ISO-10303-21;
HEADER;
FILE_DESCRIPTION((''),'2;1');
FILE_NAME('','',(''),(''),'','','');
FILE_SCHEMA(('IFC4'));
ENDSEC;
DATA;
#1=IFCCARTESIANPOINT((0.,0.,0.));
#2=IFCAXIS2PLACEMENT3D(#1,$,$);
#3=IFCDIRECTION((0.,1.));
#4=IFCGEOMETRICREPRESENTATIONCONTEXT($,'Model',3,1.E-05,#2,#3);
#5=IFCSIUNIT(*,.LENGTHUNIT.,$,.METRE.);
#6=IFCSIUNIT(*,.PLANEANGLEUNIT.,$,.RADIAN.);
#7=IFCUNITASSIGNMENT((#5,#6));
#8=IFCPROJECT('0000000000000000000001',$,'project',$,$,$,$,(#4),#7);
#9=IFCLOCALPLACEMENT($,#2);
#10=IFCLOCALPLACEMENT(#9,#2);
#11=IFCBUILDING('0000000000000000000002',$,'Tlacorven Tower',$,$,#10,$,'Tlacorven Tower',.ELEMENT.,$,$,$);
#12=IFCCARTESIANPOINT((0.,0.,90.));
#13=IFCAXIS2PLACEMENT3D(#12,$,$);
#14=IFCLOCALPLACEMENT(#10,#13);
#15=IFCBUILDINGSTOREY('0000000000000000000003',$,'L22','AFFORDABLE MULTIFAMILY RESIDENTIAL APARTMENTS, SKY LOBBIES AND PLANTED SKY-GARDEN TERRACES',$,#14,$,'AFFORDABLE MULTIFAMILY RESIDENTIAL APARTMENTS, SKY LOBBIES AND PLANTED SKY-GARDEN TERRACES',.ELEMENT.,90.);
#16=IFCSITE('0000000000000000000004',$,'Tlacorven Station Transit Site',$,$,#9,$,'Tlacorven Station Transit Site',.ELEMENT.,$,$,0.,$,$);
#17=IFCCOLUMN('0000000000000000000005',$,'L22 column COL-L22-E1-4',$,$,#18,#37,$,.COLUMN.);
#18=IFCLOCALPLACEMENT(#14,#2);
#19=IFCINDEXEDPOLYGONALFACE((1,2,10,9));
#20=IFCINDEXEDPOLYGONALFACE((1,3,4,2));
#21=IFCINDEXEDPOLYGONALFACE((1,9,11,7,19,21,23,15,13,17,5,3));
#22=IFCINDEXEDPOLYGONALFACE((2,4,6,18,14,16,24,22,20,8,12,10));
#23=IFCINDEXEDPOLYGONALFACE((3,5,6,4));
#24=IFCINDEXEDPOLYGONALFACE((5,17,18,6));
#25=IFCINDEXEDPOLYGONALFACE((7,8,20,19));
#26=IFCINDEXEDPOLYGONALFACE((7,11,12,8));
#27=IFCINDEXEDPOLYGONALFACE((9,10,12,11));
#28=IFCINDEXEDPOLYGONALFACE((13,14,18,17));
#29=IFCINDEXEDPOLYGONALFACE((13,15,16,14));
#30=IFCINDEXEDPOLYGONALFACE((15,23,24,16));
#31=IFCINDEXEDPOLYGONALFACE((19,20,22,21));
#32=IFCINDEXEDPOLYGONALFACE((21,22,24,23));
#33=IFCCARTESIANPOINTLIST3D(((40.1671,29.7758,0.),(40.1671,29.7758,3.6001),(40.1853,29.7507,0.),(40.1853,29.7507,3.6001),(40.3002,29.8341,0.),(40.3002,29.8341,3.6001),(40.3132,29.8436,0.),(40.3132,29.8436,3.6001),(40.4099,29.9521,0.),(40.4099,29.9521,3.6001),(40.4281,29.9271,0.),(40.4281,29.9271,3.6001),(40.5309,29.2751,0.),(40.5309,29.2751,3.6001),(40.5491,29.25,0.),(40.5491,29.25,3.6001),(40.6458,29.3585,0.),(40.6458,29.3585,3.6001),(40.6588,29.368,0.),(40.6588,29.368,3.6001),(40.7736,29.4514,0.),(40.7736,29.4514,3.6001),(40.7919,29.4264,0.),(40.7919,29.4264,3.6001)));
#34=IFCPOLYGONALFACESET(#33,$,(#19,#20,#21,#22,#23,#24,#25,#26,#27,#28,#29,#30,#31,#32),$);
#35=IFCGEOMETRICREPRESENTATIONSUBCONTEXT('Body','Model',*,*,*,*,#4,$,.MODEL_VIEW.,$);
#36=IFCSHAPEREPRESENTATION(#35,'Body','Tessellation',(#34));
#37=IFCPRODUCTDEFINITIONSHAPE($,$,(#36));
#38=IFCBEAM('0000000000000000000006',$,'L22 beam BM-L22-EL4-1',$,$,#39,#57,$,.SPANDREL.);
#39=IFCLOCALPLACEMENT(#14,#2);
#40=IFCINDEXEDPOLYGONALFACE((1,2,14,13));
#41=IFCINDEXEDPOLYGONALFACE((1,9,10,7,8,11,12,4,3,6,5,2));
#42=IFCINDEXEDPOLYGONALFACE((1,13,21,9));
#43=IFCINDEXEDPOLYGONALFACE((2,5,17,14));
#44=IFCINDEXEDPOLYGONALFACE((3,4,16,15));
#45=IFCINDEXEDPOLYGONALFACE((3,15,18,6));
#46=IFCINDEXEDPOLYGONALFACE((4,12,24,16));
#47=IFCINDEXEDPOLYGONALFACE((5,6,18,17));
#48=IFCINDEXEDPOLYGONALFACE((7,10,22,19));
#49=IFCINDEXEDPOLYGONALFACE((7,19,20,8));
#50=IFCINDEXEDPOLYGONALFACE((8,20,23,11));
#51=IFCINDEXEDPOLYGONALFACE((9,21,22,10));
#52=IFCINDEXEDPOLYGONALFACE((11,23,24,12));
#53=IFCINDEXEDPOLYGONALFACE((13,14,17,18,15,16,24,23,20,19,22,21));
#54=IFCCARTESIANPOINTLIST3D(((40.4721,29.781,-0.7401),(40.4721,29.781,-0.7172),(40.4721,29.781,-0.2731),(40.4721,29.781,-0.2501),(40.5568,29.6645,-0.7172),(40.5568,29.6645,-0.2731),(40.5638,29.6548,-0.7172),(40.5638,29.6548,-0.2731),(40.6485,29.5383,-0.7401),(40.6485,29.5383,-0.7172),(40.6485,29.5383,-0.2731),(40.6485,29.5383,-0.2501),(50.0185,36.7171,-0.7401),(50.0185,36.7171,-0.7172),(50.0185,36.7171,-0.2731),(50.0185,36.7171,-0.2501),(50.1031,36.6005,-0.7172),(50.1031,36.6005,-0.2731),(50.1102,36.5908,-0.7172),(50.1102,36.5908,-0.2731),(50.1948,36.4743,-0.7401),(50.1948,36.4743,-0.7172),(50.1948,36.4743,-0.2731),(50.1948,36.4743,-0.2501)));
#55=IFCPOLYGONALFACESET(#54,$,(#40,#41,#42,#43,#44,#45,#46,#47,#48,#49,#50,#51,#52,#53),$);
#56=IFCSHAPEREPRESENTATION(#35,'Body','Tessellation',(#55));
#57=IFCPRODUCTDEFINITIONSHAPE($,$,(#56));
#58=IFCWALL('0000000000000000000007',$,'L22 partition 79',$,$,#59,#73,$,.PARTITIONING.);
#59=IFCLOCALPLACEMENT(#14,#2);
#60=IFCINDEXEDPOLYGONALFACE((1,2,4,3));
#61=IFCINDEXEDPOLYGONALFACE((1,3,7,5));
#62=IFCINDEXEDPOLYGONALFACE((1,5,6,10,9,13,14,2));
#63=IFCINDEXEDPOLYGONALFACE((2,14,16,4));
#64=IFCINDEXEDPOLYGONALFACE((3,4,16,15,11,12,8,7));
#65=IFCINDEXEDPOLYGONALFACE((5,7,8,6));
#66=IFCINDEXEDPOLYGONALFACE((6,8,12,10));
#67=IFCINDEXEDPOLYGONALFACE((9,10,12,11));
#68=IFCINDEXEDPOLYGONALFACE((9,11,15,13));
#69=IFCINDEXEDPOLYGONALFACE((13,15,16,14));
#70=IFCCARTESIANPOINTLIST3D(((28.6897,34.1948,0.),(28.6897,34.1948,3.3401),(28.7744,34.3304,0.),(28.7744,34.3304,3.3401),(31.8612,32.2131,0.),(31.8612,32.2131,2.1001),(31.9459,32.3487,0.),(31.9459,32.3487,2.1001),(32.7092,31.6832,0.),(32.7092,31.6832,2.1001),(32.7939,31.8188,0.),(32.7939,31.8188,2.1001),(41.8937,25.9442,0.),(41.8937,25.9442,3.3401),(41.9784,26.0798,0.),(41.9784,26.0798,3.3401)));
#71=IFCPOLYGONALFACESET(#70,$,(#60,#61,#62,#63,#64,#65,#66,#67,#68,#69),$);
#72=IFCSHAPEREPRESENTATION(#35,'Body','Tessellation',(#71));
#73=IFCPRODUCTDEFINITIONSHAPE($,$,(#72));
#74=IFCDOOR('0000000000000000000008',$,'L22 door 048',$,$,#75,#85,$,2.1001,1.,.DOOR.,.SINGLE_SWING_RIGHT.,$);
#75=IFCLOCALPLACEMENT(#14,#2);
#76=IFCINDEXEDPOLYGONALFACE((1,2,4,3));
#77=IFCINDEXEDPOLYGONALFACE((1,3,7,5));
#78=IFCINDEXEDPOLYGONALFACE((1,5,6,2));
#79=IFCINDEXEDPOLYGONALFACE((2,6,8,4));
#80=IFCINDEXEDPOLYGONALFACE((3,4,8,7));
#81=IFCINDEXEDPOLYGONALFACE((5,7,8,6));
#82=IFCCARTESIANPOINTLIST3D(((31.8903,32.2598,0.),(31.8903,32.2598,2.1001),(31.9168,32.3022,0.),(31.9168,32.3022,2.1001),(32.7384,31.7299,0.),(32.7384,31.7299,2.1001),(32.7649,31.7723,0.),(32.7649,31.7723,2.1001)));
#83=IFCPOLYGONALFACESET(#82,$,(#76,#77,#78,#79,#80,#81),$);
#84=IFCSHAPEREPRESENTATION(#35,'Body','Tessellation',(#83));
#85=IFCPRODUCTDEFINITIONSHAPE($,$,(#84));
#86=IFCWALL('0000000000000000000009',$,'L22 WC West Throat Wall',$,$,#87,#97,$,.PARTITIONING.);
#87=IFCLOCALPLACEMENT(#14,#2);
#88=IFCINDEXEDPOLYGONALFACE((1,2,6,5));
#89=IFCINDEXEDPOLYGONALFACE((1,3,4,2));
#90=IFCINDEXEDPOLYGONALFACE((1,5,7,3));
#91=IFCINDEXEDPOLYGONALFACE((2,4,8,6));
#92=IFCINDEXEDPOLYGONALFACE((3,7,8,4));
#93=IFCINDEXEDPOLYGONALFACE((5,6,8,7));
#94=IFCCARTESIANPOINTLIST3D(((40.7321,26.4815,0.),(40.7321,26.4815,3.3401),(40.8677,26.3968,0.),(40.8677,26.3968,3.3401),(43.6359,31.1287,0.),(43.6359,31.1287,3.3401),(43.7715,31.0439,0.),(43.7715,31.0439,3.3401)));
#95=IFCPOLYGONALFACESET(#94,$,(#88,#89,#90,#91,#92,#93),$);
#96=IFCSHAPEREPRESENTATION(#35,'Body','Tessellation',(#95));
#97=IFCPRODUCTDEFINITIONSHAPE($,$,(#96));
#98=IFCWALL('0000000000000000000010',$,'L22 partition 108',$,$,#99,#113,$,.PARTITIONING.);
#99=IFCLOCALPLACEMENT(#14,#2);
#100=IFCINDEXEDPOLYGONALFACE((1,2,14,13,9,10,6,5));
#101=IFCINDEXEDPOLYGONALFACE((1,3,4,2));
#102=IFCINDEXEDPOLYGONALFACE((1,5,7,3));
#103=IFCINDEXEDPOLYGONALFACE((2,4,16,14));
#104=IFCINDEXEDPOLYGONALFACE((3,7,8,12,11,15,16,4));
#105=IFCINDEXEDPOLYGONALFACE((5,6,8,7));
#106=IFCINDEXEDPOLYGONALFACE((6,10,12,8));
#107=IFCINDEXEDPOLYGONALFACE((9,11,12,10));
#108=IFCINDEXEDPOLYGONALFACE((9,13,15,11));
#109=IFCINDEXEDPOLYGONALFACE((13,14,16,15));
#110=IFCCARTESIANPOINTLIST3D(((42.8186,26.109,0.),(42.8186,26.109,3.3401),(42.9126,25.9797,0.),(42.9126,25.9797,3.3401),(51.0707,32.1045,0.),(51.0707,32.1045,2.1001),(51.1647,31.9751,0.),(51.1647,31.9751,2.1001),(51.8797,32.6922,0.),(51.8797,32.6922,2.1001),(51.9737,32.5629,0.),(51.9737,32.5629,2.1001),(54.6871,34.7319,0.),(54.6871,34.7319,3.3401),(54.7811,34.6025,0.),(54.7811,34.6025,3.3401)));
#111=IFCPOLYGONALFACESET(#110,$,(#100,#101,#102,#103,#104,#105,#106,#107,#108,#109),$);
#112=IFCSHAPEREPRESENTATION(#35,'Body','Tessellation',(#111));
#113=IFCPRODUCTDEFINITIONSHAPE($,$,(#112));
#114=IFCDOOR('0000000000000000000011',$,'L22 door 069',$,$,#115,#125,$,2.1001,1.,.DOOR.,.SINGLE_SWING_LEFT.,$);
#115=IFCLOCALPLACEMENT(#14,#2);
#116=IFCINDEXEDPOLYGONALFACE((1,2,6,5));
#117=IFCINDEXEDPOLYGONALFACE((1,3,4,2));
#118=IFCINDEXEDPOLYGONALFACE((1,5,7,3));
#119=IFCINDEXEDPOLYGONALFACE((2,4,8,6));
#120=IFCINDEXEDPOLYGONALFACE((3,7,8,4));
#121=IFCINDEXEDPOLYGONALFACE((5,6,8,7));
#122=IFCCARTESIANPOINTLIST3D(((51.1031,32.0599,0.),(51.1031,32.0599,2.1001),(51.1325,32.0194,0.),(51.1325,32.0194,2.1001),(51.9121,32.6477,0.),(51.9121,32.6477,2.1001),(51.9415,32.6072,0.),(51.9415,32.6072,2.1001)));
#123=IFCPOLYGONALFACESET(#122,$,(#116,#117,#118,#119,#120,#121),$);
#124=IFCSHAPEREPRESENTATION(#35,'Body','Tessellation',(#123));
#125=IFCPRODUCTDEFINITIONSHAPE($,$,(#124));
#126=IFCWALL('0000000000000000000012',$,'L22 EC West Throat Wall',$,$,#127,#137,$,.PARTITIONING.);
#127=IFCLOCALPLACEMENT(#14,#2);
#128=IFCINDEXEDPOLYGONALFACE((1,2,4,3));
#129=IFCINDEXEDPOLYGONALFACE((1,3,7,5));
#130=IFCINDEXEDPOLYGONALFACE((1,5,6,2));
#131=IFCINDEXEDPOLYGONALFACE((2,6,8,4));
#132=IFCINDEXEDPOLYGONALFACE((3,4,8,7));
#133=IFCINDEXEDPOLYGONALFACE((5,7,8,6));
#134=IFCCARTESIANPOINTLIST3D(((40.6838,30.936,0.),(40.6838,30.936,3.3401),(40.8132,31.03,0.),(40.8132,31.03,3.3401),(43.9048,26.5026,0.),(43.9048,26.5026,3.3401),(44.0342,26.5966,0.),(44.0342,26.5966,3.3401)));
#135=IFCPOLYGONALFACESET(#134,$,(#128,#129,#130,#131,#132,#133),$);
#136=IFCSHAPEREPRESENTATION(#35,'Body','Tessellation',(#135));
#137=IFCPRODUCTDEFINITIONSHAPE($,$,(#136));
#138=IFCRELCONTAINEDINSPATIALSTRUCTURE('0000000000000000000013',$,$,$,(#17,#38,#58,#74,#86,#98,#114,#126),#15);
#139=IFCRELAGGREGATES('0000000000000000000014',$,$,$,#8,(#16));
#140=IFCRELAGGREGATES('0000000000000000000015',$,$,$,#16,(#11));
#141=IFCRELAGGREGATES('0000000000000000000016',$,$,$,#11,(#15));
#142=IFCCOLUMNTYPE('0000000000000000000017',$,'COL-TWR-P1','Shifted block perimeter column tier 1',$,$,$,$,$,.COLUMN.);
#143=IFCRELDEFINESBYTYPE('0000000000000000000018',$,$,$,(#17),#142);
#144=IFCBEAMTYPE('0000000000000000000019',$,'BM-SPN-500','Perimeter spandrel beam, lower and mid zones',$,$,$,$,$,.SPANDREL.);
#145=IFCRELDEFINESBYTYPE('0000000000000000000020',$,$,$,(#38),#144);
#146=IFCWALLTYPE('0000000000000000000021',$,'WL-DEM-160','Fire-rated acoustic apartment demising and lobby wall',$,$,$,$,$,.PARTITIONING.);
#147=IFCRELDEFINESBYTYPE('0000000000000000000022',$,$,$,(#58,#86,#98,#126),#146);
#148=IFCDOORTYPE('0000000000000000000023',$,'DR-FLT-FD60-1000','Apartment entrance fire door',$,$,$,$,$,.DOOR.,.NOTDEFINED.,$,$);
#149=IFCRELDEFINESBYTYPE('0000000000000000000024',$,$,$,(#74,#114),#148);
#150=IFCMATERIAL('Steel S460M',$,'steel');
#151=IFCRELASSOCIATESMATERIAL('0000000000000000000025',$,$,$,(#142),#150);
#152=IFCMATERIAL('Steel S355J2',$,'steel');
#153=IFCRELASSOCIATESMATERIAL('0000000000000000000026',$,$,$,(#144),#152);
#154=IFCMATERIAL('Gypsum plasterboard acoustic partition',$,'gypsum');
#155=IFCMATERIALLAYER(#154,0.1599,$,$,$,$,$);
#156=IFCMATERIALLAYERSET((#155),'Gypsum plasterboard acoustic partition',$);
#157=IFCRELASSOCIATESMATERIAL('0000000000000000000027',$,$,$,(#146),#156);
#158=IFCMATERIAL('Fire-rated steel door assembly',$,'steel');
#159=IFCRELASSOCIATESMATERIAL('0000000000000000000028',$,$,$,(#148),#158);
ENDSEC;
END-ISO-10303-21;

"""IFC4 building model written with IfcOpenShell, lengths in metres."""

from ifc_helpers import new_model, si_unit, direction, frame, frame_2d, origin, origin_2d, place, context, subcontext, project, spatial, rectangle, i_section, extrude, source, transform, mapped, material, layer, layer_set, material_profile, profile_set, type_object, element, fill, save


model = new_model("IFC4")

# Units and contexts
model_context = context("Model", 3, precision=1e-05, world=origin(), true_north=direction((0.0, 1.0)))
body_context = subcontext(model_context, "Body", "Model", "MODEL_VIEW")
ifc_project = project(units=[si_unit("LENGTHUNIT", "METRE"), si_unit("PLANEANGLEUNIT", "RADIAN")], contexts=[model_context])

# Site, building, storey
site_placement = place(None, origin())
site = spatial("IfcSite", under=ifc_project, at=site_placement, Name="Tlacorven Station Transit Site", LongName="Tlacorven Station Transit Site", CompositionType="ELEMENT", RefElevation=0.0)
building_placement = place(site_placement, origin())
building = spatial("IfcBuilding", under=site, at=building_placement, Name="Tlacorven Tower", LongName="Tlacorven Tower", CompositionType="ELEMENT")
storey_placement = place(building_placement, frame((0.0, 0.0, 90.0)))
storey = spatial("IfcBuildingStorey", under=building, at=storey_placement, Name="L22", Description="AFFORDABLE MULTIFAMILY RESIDENTIAL APARTMENTS, SKY LOBBIES AND PLANTED SKY-GARDEN TERRACES", LongName="AFFORDABLE MULTIFAMILY RESIDENTIAL APARTMENTS, SKY LOBBIES AND PLANTED SKY-GARDEN TERRACES", CompositionType="ELEMENT", Elevation=90.0)

# Column
ifc_material_1 = material(Name="Steel S460M", Category="steel")
ifc_material_profile_1 = material_profile(ifc_material_1, i_section(OverallWidth=0.3, OverallDepth=0.6499, WebThickness=0.0161, FlangeThickness=0.031, at=origin_2d()), Name="HEB 650")
ifc_profile_set_1 = profile_set([ifc_material_profile_1], Name="Steel S460M")
column_type = type_object("IfcColumnType", Name="COL-TWR-P1", Description="Shifted block perimeter column tier 1", PredefinedType="COLUMN", material=ifc_profile_set_1)
shared_shape_1 = source(origin(), body_context, "Body", "SweptSolid", [
    extrude(i_section(OverallWidth=0.3, OverallDepth=0.6499, WebThickness=0.0161, FlangeThickness=0.031, at=origin_2d()), origin(), (0.0, 0.0, 1.0), 3.6001),
])
column_placement = place(storey_placement, frame((40.4795, 29.6011, 0.0), z_axis=(0.0, 0.0, 1.0), x_axis=(0.809017, 0.587785, 0.0)))
element("IfcColumn", 1, at=column_placement, inside=storey, type_object=column_type, Name="L22 column COL-L22-E1-4", PredefinedType="COLUMN", context=body_context, shape_type="MappedRepresentation", body=[
    mapped(shared_shape_1, transform((0.0, 0.0, 0.0), scale=1.0)),
])

# Beam
ifc_material_2 = material(Name="Steel S355J2", Category="steel")
ifc_material_profile_2 = material_profile(ifc_material_2, i_section(OverallWidth=0.3, OverallDepth=0.49, WebThickness=0.012, FlangeThickness=0.0229, at=origin_2d()), Name="HEA 500")
ifc_profile_set_2 = profile_set([ifc_material_profile_2], Name="Steel S355J2")
beam_type = type_object("IfcBeamType", Name="BM-SPN-500", Description="Perimeter spandrel beam, lower and mid zones", PredefinedType="SPANDREL", material=ifc_profile_set_2)
shared_shape_2 = source(origin(), body_context, "Body", "SweptSolid", [
    extrude(i_section(OverallWidth=0.3, OverallDepth=0.49, WebThickness=0.012, FlangeThickness=0.0229, at=origin_2d()), origin(), (0.0, 0.0, 1.0), 11.8),
])
beam_placement = place(storey_placement, frame((40.5603, 29.6597, -0.4951), z_axis=(0.80901, 0.587795, 0.0), x_axis=(-0.587795, 0.80901, 0.0)))
element("IfcBeam", 2, at=beam_placement, inside=storey, type_object=beam_type, Name="L22 beam BM-L22-EL4-1", PredefinedType="SPANDREL", context=body_context, shape_type="MappedRepresentation", body=[
    mapped(shared_shape_2, transform((0.0, 0.0, 0.0), scale=1.0)),
])

# Wall, opening, door
ifc_material_3 = material(Name="Gypsum plasterboard acoustic partition", Category="gypsum")
ifc_layer_1 = layer(ifc_material_3, 0.1599)
ifc_layer_set_1 = layer_set([ifc_layer_1], Name="Gypsum plasterboard acoustic partition")
wall_type_1 = type_object("IfcWallType", Name="WL-DEM-160", Description="Fire-rated acoustic apartment demising and lobby wall", PredefinedType="PARTITIONING", material=ifc_layer_set_1)
wall_1_placement = place(storey_placement, frame((41.936, 26.012, 0.0), z_axis=(0.0, 0.0, 1.0), x_axis=(-0.848051, 0.529914, 0.0)))
wall_1 = element("IfcWall", 3, at=wall_1_placement, inside=storey, type_object=wall_type_1, Name="L22 partition 79", PredefinedType="PARTITIONING", context=body_context, shape_type="SweptSolid", body=[
    extrude(rectangle(XDim=15.5698, YDim=0.1599, at=frame_2d((7.7849, 0.0))), origin(), (0.0, 0.0, 1.0), 3.3401),
])
opening_1_placement = place(wall_1_placement, frame((10.8301, 0.0, 0.0)))
opening_1 = element("IfcOpeningElement", 4, at=opening_1_placement, cuts=wall_1, PredefinedType="OPENING", context=body_context, shape_type="SweptSolid", body=[
    extrude(rectangle(XDim=1.0, YDim=2.1001, at=frame_2d((0.5, 1.05))), frame((0.0, 0.0898, 0.0), z_axis=(0.0, -1.0, 0.0), x_axis=(1.0, 0.0, 0.0)), (0.0, 0.0, 1.0), 0.1799),
])
ifc_material_4 = material(Name="Fire-rated steel door assembly", Category="steel")
door_type_1 = type_object("IfcDoorType", Name="DR-FLT-FD60-1000", Description="Apartment entrance fire door", OperationType="NOTDEFINED", PredefinedType="DOOR", material=ifc_material_4)
shared_shape_3 = source(origin(), body_context, "Body", "SweptSolid", [
    extrude(rectangle(XDim=1.0, YDim=2.1001, at=frame_2d((0.5, 1.05))), frame((0.0, 0.0249, 0.0), z_axis=(0.0, -1.0, 0.0), x_axis=(1.0, 0.0, 0.0)), (0.0, 0.0, 1.0), 0.05),
])
door_1_placement = place(opening_1_placement, origin())
door_1 = element("IfcDoor", 5, at=door_1_placement, inside=storey, type_object=door_type_1, Name="L22 door 048", OperationType="SINGLE_SWING_RIGHT", OverallHeight=2.1001, OverallWidth=1.0, PredefinedType="DOOR", context=body_context, shape_type="MappedRepresentation", body=[
    mapped(shared_shape_3, transform((0.0, 0.0, 0.0), scale=1.0)),
])
fill(opening_1, door_1)

# Wall
wall_2_placement = place(storey_placement, frame((43.7036, 31.0862, 0.0), z_axis=(0.0, 0.0, 1.0), x_axis=(-0.529907, -0.848056, 0.0)))
element("IfcWall", 6, at=wall_2_placement, inside=storey, type_object=wall_type_1, Name="L22 WC West Throat Wall", PredefinedType="PARTITIONING", context=body_context, shape_type="SweptSolid", body=[
    extrude(rectangle(XDim=5.4797, YDim=0.1599, at=frame_2d((2.7397, 0.0))), origin(), (0.0, 0.0, 1.0), 3.3401),
])

# Wall, opening, door
wall_3_placement = place(storey_placement, frame((42.8657, 26.0444, 0.0), z_axis=(0.0, 0.0, 1.0), x_axis=(0.80902, 0.587781, 0.0)))
wall_3 = element("IfcWall", 7, at=wall_3_placement, inside=storey, type_object=wall_type_1, Name="L22 partition 108", PredefinedType="PARTITIONING", context=body_context, shape_type="SweptSolid", body=[
    extrude(rectangle(XDim=14.6702, YDim=0.1599, at=frame_2d((7.335, 0.0))), origin(), (0.0, 0.0, 1.0), 3.3401),
])
opening_2_placement = place(wall_3_placement, frame((10.2, 0.0, 0.0)))
opening_2 = element("IfcOpeningElement", 8, at=opening_2_placement, cuts=wall_3, PredefinedType="OPENING", context=body_context, shape_type="SweptSolid", body=[
    extrude(rectangle(XDim=1.0, YDim=2.1001, at=frame_2d((0.5, 1.05))), frame((0.0, 0.0898, 0.0), z_axis=(0.0, -1.0, 0.0), x_axis=(1.0, 0.0, 0.0)), (0.0, 0.0, 1.0), 0.1799),
])
door_2_placement = place(opening_2_placement, origin())
door_2 = element("IfcDoor", 9, at=door_2_placement, inside=storey, type_object=door_type_1, Name="L22 door 069", OperationType="SINGLE_SWING_LEFT", OverallHeight=2.1001, OverallWidth=1.0, PredefinedType="DOOR", context=body_context, shape_type="MappedRepresentation", body=[
    mapped(shared_shape_3, transform((0.0, 0.0, 0.0), scale=1.0)),
])
fill(opening_2, door_2)

# Wall
wall_4_placement = place(storey_placement, frame((43.9695, 26.5496, 0.0), z_axis=(0.0, 0.0, 1.0), x_axis=(-0.587777, 0.809023, 0.0)))
element("IfcWall", 10, at=wall_4_placement, inside=storey, type_object=wall_type_1, Name="L22 EC West Throat Wall", PredefinedType="PARTITIONING", context=body_context, shape_type="SweptSolid", body=[
    extrude(rectangle(XDim=5.48, YDim=0.1599, at=frame_2d((2.74, 0.0))), origin(), (0.0, 0.0, 1.0), 3.3401),
])

save(model, "model.ifc")
